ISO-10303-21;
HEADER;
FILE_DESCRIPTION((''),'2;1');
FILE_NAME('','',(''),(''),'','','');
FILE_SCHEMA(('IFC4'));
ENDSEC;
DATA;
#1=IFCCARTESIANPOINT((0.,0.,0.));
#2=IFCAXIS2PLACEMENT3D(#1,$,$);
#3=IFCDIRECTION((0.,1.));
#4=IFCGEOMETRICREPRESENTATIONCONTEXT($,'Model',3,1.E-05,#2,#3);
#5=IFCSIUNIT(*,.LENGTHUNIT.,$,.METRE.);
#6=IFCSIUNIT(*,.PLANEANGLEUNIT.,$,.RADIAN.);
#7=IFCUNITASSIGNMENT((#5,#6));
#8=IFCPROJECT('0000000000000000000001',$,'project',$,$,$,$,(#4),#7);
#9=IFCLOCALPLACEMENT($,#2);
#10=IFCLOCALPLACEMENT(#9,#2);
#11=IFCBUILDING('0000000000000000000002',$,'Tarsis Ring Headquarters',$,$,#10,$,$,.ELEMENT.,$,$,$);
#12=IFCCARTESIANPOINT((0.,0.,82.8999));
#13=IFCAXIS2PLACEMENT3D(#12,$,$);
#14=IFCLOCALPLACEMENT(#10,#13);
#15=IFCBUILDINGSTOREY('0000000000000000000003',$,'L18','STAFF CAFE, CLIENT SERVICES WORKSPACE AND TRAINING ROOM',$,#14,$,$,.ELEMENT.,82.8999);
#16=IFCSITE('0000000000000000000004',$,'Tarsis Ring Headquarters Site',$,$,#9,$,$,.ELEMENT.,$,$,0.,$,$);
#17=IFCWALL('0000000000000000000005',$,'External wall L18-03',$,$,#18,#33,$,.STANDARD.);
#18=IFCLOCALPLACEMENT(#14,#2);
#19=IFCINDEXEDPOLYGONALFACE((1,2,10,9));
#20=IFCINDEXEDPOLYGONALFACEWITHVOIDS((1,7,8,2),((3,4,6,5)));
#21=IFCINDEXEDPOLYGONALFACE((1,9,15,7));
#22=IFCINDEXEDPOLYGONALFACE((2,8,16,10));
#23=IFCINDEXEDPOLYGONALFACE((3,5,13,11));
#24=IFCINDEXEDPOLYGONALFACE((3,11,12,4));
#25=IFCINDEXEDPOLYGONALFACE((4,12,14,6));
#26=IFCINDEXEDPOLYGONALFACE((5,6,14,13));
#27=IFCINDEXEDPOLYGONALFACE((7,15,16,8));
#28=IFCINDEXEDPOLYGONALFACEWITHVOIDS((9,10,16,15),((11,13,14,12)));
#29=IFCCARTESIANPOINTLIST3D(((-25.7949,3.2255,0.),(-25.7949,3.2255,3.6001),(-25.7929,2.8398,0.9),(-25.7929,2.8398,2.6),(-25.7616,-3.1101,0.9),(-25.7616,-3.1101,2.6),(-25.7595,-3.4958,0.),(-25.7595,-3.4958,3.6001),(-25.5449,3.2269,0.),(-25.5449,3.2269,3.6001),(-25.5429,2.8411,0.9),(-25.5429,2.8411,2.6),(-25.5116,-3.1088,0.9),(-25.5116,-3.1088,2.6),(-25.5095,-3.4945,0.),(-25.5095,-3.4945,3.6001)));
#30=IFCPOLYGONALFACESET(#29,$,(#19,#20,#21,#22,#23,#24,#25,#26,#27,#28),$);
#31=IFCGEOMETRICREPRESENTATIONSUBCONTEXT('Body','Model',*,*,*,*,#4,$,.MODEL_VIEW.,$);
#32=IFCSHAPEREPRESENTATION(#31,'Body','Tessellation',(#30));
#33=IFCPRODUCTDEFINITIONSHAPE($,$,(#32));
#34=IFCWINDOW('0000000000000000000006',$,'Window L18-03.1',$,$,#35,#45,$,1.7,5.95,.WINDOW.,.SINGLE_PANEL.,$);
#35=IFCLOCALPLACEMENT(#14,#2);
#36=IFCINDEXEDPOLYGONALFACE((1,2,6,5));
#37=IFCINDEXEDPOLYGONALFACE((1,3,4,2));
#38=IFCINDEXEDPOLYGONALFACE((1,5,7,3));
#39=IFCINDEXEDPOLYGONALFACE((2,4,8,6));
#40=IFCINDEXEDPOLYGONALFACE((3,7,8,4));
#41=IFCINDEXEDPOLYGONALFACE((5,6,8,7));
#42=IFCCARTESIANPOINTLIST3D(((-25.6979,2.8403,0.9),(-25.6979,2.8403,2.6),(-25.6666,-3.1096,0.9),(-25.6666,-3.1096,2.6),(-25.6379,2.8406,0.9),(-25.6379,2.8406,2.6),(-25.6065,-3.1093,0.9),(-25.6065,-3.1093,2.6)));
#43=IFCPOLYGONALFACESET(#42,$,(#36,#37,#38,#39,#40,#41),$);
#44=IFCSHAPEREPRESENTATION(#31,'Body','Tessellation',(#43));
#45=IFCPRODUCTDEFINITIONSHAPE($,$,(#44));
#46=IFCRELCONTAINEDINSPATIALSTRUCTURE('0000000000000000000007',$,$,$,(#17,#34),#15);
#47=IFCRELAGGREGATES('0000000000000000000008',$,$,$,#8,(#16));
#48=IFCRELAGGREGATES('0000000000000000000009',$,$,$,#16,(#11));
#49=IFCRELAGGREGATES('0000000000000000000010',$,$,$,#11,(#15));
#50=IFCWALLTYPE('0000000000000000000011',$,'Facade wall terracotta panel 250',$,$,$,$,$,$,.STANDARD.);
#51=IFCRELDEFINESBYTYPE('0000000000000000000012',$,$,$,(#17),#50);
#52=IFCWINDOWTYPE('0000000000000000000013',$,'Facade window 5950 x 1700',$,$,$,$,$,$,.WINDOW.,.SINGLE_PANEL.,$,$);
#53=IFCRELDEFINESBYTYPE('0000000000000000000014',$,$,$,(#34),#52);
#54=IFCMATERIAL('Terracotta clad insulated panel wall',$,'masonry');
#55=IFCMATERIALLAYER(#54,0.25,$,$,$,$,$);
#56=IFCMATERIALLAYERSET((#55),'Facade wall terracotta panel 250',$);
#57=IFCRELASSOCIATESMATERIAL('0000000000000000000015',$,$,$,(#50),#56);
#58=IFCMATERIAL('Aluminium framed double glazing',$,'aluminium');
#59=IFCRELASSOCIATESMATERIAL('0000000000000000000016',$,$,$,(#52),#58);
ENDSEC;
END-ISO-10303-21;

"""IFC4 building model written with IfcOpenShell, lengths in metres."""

from ifc_helpers import new_model, si_unit, direction, frame, frame_2d, origin, place, context, subcontext, project, spatial, rectangle, extrude, material, layer, layer_set, type_object, element, fill, save


model = new_model("IFC4")

# Units and contexts
model_context = context("Model", 3, precision=1e-05, world=origin(), true_north=direction((0.0, 1.0)))
body_context = subcontext(model_context, "Body", "Model", "MODEL_VIEW")
ifc_project = project(units=[si_unit("LENGTHUNIT", "METRE"), si_unit("PLANEANGLEUNIT", "RADIAN")], contexts=[model_context])

# Site, building, storey
site_placement = place(None, origin())
site = spatial("IfcSite", under=ifc_project, at=site_placement, Name="Tarsis Ring Headquarters Site", CompositionType="ELEMENT", RefElevation=0.0)
building_placement = place(site_placement, origin())
building = spatial("IfcBuilding", under=site, at=building_placement, Name="Tarsis Ring Headquarters", CompositionType="ELEMENT")
storey_placement = place(building_placement, frame((0.0, 0.0, 82.8999)))
storey = spatial("IfcBuildingStorey", under=building, at=storey_placement, Name="L18", Description="STAFF CAFE, CLIENT SERVICES WORKSPACE AND TRAINING ROOM", CompositionType="ELEMENT", Elevation=82.8999)

# Wall, opening, window
ifc_material_1 = material(Name="Terracotta clad insulated panel wall", Category="masonry")
ifc_layer_1 = layer(ifc_material_1, 0.25)
ifc_layer_set_1 = layer_set([ifc_layer_1], Name="Facade wall terracotta panel 250")
wall_type_1 = type_object("IfcWallType", Name="Facade wall terracotta panel 250", PredefinedType="STANDARD", material=ifc_layer_set_1)
ifc_material_2 = material(Name="Aluminium framed double glazing", Category="aluminium")
wall_1_placement = place(storey_placement, frame((-25.6699, 3.2263, 0.0), z_axis=(0.0, 0.0, 1.0), x_axis=(0.005267, -0.999986, 0.0)))
wall_1 = element("IfcWall", 1, at=wall_1_placement, inside=storey, type_object=wall_type_1, Name="External wall L18-03", PredefinedType="STANDARD", context=body_context, shape_type="SweptSolid", body=[
    extrude(rectangle(XDim=6.7214, YDim=0.25, at=frame_2d((3.3608, 0.0))), origin(), (0.0, 0.0, 1.0), 3.6001),
])
opening_1_placement = place(wall_1_placement, frame((0.3857, 0.0, 0.8999)))
opening_1 = element("IfcOpeningElement", 2, at=opening_1_placement, cuts=wall_1, PredefinedType="OPENING", context=body_context, shape_type="SweptSolid", body=[
    extrude(rectangle(XDim=5.95, YDim=1.7, at=frame_2d((2.9751, 0.8501))), frame((0.0, 0.135, 0.0), z_axis=(0.0, -1.0, 0.0), x_axis=(1.0, 0.0, 0.0)), (0.0, 0.0, 1.0), 0.27),
])
window_type_1 = type_object("IfcWindowType", Name="Facade window 5950 x 1700", PartitioningType="SINGLE_PANEL", PredefinedType="WINDOW", material=ifc_material_2)
window_1_placement = place(opening_1_placement, origin())
window_1 = element("IfcWindow", 3, at=window_1_placement, inside=storey, type_object=window_type_1, Name="Window L18-03.1", OverallHeight=1.7, OverallWidth=5.95, PartitioningType="SINGLE_PANEL", PredefinedType="WINDOW", context=body_context, shape_type="SweptSolid", body=[
    extrude(rectangle(XDim=5.95, YDim=1.7, at=frame_2d((2.9751, 0.8501))), frame((0.0, 0.03, 0.0), z_axis=(0.0, -1.0, 0.0), x_axis=(1.0, 0.0, 0.0)), (0.0, 0.0, 1.0), 0.0601),
])
fill(opening_1, window_1)

save(model, "model.ifc")
